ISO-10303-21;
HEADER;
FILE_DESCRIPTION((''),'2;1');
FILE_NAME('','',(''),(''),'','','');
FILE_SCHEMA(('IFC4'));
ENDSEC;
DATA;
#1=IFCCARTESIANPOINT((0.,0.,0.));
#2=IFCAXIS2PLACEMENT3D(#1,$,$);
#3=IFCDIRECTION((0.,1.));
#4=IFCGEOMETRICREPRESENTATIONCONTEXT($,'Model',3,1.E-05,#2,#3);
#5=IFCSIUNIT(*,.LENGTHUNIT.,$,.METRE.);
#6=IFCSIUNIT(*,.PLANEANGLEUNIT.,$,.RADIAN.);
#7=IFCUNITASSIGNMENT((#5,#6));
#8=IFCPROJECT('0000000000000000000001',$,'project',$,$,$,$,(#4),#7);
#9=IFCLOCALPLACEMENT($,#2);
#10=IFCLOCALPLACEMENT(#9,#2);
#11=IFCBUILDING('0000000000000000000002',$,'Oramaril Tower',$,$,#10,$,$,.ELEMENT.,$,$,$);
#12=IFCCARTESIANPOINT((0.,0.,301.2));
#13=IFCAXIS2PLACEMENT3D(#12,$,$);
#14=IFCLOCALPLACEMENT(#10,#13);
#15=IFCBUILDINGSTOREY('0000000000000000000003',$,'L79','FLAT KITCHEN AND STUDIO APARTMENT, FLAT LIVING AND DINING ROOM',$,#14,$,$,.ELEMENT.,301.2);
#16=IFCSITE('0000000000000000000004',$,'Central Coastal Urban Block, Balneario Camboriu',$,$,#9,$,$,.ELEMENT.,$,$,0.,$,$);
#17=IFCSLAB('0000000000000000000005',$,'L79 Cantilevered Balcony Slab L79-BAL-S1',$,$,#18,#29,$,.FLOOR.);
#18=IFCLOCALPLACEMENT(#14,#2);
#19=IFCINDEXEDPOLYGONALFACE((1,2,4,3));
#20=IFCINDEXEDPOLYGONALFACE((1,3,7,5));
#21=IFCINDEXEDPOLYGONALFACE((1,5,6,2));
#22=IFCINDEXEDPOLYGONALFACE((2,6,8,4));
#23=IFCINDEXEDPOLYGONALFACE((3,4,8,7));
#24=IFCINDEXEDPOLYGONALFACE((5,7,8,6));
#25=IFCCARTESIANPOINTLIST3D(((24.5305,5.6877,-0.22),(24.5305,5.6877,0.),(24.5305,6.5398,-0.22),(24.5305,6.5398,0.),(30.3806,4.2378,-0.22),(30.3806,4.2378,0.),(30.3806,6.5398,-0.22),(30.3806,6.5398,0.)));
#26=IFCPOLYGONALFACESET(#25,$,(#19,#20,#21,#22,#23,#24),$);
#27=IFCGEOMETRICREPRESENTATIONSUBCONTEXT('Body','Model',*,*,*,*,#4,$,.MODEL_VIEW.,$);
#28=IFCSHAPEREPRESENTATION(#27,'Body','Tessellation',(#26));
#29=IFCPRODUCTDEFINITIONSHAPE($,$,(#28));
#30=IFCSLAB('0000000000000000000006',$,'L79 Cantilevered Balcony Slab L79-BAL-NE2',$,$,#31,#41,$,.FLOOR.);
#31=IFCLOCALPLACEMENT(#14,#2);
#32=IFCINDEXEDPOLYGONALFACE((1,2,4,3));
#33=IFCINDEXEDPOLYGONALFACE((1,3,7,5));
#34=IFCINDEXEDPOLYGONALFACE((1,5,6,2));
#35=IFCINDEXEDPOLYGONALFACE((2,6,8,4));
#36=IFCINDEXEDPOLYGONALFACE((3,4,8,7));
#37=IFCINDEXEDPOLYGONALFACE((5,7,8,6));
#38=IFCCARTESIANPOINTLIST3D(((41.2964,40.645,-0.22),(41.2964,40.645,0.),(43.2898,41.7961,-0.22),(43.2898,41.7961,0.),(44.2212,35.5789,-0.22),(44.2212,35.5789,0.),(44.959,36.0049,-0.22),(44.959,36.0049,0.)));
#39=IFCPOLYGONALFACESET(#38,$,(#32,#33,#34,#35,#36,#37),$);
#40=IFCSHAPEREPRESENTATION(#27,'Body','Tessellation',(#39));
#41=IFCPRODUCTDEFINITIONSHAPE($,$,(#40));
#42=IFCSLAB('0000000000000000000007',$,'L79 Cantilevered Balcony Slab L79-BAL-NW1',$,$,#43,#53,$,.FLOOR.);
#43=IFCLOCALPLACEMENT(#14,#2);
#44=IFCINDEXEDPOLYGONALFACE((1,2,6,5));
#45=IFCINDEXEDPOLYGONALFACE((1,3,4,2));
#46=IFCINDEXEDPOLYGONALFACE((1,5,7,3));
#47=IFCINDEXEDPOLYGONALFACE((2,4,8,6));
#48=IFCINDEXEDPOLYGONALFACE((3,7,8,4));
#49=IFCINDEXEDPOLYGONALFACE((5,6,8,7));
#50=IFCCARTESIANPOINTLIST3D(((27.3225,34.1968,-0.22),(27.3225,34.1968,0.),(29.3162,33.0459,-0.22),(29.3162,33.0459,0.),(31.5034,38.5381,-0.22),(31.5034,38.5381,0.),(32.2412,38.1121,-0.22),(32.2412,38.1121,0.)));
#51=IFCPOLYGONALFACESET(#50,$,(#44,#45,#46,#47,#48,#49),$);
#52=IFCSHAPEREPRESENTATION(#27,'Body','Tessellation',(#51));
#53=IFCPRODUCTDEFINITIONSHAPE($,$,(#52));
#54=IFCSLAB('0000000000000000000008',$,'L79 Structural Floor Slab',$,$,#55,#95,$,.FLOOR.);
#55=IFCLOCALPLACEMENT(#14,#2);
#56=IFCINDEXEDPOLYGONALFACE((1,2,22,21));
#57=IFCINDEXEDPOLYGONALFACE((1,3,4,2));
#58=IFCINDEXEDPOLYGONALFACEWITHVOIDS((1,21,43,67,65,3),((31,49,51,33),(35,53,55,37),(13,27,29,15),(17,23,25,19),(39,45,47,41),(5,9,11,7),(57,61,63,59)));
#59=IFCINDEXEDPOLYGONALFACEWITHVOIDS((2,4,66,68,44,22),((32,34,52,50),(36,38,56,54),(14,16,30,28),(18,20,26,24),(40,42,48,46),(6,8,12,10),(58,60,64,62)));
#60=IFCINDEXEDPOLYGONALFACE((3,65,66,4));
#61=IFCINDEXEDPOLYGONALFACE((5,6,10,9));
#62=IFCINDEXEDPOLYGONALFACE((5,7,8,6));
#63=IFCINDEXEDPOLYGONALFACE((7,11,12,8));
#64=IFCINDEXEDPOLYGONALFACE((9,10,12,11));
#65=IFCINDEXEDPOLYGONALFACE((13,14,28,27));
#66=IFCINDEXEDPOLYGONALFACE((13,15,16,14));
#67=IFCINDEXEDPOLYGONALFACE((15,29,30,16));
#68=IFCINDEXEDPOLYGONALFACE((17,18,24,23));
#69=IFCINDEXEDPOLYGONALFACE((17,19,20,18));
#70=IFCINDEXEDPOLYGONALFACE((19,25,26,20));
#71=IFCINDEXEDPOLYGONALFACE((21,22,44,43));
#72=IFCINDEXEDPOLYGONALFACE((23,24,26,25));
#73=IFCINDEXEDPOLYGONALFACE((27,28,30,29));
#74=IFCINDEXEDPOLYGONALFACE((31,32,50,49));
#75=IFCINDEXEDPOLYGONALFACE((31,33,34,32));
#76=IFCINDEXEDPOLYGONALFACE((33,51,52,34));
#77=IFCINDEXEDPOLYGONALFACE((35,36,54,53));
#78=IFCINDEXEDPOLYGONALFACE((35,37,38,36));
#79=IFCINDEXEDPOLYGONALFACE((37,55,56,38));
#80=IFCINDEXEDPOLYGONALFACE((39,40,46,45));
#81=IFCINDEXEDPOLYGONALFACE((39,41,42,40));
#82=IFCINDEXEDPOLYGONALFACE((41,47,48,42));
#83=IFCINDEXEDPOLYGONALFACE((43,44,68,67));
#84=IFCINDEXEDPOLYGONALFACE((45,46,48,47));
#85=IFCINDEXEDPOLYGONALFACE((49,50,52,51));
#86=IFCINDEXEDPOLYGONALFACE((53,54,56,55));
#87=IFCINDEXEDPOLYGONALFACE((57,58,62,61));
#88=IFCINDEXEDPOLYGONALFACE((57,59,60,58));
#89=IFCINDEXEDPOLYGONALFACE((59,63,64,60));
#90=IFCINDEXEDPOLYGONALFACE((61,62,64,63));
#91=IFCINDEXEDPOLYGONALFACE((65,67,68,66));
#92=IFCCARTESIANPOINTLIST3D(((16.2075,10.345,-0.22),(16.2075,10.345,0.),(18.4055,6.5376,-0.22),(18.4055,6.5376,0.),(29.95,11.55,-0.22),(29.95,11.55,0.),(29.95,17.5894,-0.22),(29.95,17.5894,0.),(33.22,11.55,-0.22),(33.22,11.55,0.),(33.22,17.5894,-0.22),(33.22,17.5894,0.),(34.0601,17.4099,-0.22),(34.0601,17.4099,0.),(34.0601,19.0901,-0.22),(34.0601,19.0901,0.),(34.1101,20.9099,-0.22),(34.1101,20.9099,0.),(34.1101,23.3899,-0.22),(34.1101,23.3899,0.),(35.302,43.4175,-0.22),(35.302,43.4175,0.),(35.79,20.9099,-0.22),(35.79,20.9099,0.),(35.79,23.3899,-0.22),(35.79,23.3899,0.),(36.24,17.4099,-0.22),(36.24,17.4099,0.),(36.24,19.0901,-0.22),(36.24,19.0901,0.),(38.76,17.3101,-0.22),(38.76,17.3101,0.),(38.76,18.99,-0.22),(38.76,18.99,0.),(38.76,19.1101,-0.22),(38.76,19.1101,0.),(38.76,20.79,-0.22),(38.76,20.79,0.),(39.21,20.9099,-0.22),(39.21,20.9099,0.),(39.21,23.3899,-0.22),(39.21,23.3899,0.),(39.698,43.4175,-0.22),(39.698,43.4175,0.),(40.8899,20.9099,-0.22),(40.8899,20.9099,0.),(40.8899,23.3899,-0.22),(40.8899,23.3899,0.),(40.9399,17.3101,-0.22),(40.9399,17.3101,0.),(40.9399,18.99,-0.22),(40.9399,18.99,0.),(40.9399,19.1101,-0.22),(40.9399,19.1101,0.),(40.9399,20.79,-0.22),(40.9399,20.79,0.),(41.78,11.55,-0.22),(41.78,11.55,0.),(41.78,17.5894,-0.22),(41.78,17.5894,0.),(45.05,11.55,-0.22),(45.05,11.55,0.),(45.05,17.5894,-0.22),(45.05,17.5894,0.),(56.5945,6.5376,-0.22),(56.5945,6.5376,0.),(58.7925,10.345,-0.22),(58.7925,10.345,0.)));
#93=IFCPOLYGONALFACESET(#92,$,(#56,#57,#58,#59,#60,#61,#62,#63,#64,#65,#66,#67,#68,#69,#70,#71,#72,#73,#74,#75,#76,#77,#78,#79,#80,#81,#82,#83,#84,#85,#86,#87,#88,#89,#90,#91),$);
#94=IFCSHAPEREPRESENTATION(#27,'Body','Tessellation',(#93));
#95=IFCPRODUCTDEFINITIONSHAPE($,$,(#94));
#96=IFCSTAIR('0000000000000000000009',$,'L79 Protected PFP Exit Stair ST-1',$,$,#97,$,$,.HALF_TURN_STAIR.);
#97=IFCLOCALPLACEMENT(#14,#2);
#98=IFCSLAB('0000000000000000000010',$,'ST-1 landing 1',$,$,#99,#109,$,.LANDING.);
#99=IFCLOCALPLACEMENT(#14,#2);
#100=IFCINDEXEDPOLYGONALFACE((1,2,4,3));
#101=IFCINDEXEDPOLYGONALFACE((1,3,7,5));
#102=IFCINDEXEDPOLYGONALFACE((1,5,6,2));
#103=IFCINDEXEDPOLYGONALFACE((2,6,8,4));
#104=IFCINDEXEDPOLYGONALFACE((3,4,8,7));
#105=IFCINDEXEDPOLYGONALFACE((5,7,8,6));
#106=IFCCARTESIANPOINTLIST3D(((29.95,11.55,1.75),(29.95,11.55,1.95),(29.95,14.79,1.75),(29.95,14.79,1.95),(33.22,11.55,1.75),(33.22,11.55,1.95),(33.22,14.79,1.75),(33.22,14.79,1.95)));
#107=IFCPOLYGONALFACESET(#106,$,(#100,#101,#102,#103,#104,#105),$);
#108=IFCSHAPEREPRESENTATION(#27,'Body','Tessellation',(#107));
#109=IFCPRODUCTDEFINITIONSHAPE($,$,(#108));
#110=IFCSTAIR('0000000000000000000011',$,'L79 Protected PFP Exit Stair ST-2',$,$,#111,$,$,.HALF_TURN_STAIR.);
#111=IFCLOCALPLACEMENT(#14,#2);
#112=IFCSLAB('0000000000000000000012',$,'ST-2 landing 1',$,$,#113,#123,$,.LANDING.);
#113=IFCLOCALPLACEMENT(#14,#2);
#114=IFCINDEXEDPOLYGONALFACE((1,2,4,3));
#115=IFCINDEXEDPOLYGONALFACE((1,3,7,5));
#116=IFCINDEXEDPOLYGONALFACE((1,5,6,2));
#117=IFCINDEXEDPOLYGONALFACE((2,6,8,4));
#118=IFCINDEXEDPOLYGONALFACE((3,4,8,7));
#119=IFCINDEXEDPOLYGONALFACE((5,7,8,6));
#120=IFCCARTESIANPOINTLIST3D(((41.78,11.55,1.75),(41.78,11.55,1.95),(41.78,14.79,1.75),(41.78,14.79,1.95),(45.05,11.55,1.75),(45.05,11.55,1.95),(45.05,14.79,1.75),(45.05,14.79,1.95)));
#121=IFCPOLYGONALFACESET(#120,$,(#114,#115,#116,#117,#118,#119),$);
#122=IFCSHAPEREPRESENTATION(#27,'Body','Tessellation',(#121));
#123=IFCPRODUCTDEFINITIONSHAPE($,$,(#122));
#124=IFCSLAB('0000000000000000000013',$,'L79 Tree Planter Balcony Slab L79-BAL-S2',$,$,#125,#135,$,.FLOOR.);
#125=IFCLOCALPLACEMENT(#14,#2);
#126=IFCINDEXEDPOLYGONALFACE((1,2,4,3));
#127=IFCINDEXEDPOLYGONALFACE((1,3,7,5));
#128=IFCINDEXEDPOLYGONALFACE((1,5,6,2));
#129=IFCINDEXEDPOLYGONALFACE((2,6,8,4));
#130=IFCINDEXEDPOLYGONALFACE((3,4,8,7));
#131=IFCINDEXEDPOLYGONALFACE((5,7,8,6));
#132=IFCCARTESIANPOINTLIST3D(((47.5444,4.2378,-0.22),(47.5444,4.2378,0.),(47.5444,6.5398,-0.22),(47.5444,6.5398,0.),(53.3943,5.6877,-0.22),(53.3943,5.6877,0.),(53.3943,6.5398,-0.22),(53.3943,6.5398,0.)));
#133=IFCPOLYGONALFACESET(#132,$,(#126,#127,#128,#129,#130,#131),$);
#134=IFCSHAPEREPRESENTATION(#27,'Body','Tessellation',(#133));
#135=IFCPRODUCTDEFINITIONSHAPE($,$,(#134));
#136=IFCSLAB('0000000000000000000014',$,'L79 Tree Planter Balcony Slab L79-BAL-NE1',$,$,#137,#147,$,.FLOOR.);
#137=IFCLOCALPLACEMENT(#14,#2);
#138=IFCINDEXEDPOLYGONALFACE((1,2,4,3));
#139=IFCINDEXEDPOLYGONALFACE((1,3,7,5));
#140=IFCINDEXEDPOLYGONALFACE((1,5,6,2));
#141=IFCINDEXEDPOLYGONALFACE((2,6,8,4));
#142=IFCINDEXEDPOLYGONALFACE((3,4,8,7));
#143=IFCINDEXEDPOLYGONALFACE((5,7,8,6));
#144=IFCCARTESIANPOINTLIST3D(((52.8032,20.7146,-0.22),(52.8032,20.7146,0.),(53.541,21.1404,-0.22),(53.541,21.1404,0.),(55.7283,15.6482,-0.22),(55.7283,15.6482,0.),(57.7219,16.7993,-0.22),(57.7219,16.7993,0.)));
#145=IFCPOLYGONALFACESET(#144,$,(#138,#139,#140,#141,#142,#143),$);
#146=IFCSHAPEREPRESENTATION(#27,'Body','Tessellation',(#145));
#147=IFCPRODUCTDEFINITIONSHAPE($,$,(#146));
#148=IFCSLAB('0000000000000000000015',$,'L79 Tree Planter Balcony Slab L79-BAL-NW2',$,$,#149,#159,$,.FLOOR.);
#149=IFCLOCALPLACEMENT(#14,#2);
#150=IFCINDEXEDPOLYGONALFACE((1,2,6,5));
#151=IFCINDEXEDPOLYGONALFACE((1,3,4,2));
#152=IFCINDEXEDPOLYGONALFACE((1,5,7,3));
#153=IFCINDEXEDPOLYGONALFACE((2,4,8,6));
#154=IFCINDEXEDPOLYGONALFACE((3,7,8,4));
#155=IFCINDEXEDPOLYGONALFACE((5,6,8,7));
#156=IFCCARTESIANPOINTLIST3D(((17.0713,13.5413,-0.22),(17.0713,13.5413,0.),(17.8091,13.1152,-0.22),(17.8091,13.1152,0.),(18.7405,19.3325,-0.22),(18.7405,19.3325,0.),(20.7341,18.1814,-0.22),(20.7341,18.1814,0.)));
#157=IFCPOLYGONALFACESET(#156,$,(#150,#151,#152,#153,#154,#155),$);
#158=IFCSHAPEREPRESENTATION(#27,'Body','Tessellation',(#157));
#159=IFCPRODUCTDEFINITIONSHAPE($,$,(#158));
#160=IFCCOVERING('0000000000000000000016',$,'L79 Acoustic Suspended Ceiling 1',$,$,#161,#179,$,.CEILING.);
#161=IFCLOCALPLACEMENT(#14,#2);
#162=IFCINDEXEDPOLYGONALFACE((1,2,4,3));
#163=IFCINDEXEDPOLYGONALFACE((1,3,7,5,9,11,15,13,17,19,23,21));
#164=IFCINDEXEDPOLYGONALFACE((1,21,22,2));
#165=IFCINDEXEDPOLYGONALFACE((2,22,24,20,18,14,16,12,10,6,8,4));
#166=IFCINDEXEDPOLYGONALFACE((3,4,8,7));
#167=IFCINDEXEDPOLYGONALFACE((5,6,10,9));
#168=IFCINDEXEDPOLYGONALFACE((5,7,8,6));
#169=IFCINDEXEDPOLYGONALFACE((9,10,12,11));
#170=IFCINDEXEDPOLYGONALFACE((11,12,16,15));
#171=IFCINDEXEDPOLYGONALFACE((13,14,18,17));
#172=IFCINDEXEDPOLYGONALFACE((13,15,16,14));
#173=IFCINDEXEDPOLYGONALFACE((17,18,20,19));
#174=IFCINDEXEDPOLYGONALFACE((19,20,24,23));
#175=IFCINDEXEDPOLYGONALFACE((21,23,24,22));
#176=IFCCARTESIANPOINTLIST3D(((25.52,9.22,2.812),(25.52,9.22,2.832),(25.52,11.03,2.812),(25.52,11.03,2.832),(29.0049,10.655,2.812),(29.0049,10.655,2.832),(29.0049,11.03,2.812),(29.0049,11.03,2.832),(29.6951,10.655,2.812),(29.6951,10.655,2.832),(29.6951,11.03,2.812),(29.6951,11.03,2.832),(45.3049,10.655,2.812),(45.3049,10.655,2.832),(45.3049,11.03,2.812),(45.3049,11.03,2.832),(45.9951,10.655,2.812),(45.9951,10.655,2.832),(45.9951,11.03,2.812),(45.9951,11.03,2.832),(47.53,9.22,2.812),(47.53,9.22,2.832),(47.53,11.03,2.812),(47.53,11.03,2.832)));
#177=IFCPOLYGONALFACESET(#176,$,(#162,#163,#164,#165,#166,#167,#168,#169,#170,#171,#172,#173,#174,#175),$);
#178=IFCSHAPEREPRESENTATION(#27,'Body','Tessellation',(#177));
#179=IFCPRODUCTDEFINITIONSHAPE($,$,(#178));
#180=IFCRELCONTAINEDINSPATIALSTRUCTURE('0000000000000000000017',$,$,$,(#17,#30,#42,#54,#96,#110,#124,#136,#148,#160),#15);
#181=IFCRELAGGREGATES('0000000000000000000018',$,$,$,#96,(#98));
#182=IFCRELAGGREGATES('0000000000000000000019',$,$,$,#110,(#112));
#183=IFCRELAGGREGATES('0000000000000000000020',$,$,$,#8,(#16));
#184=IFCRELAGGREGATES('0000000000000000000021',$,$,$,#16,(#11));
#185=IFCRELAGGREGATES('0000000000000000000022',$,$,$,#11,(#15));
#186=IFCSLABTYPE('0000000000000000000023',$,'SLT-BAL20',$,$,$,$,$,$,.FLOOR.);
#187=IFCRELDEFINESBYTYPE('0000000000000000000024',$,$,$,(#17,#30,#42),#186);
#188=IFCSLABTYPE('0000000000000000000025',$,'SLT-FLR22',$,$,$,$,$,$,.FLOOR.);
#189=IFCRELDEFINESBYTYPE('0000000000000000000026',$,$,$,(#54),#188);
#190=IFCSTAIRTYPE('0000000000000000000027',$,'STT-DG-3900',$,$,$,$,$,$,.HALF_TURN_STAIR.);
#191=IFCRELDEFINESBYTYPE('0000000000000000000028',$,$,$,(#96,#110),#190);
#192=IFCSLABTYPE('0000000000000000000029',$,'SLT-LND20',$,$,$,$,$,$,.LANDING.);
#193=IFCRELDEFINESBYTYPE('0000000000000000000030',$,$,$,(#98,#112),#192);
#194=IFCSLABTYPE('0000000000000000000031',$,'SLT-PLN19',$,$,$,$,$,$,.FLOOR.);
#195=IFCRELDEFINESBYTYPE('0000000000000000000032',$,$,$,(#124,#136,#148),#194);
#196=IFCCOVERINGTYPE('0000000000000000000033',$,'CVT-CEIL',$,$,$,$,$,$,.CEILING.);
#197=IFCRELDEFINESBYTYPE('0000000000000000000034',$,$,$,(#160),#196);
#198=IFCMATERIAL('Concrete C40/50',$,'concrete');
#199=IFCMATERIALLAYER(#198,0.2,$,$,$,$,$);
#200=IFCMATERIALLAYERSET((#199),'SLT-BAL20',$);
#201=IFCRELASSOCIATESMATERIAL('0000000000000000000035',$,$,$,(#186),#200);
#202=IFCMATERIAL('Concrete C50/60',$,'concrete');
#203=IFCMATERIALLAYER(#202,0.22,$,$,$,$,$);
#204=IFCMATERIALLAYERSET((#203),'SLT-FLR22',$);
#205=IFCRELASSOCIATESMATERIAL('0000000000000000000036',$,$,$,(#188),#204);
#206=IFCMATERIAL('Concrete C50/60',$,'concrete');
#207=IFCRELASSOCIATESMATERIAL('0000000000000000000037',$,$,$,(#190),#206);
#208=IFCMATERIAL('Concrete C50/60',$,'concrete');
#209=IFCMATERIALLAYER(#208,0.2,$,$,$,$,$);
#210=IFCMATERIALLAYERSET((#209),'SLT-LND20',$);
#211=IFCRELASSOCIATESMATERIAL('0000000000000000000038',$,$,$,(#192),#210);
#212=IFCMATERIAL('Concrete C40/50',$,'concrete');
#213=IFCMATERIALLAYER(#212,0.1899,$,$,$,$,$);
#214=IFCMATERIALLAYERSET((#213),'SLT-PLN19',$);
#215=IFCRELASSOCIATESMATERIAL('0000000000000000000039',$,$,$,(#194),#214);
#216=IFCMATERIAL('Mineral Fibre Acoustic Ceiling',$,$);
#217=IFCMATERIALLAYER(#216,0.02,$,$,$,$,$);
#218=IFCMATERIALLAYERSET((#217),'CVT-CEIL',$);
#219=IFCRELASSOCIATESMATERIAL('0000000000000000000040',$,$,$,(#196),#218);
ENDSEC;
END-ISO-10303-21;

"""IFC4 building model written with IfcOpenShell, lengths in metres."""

from ifc_helpers import new_model, si_unit, direction, frame, origin, place, context, subcontext, project, spatial, polyline, outline, extrude, material, layer, layer_set, type_object, element, aggregate, save


model = new_model("IFC4")

# Units and contexts
model_context = context("Model", 3, precision=1e-05, world=origin(), true_north=direction((0.0, 1.0)))
body_context = subcontext(model_context, "Body", "Model", "MODEL_VIEW")
ifc_project = project(units=[si_unit("LENGTHUNIT", "METRE"), si_unit("PLANEANGLEUNIT", "RADIAN")], contexts=[model_context])

# Site, building, storey
site_placement = place(None, origin())
site = spatial("IfcSite", under=ifc_project, at=site_placement, Name="Central Coastal Urban Block, Balneario Camboriu", CompositionType="ELEMENT", RefElevation=0.0)
building_placement = place(site_placement, origin())
building = spatial("IfcBuilding", under=site, at=building_placement, Name="Oramaril Tower", CompositionType="ELEMENT")
storey_placement = place(building_placement, frame((0.0, 0.0, 301.2)))
storey = spatial("IfcBuildingStorey", under=building, at=storey_placement, Name="L79", Description="FLAT KITCHEN AND STUDIO APARTMENT, FLAT LIVING AND DINING ROOM", CompositionType="ELEMENT", Elevation=301.2)

# Slabs
ifc_material_1 = material(Name="Concrete C40/50", Category="concrete")
ifc_layer_1 = layer(ifc_material_1, 0.2)
ifc_layer_set_1 = layer_set([ifc_layer_1], Name="SLT-BAL20")
slab_type_1 = type_object("IfcSlabType", Name="SLT-BAL20", PredefinedType="FLOOR", material=ifc_layer_set_1)
slab_1_placement = place(storey_placement, frame((0.0, 0.0, -0.22)))
element("IfcSlab", 1, at=slab_1_placement, inside=storey, type_object=slab_type_1, Name="L79 Cantilevered Balcony Slab L79-BAL-S1", PredefinedType="FLOOR", context=body_context, shape_type="SweptSolid", body=[
    extrude(outline(polyline([(24.5305, 6.5398), (30.3806, 6.5398), (30.3806, 4.2378), (24.5305, 5.6877), (24.5305, 6.5398)])), origin(), (0.0, 0.0, 1.0), 0.22),
])
slab_2_placement = place(storey_placement, frame((0.0, 0.0, -0.22)))
element("IfcSlab", 2, at=slab_2_placement, inside=storey, type_object=slab_type_1, Name="L79 Cantilevered Balcony Slab L79-BAL-NE2", PredefinedType="FLOOR", context=body_context, shape_type="SweptSolid", body=[
    extrude(outline(polyline([(44.2212, 35.5789), (41.2964, 40.645), (43.2898, 41.7961), (44.959, 36.0049), (44.2212, 35.5789)])), origin(), (0.0, 0.0, 1.0), 0.22),
])
slab_3_placement = place(storey_placement, frame((0.0, 0.0, -0.22)))
element("IfcSlab", 3, at=slab_3_placement, inside=storey, type_object=slab_type_1, Name="L79 Cantilevered Balcony Slab L79-BAL-NW1", PredefinedType="FLOOR", context=body_context, shape_type="SweptSolid", body=[
    extrude(outline(polyline([(32.2412, 38.1121), (29.3162, 33.0459), (27.3225, 34.1968), (31.5034, 38.5381), (32.2412, 38.1121)])), origin(), (0.0, 0.0, 1.0), 0.22),
])
ifc_material_2 = material(Name="Concrete C50/60", Category="concrete")
ifc_layer_2 = layer(ifc_material_2, 0.22)
ifc_layer_set_2 = layer_set([ifc_layer_2], Name="SLT-FLR22")
slab_type_2 = type_object("IfcSlabType", Name="SLT-FLR22", PredefinedType="FLOOR", material=ifc_layer_set_2)
slab_4_placement = place(storey_placement, frame((0.0, 0.0, -0.22)))
element("IfcSlab", 4, at=slab_4_placement, inside=storey, type_object=slab_type_2, Name="L79 Structural Floor Slab", PredefinedType="FLOOR", context=body_context, shape_type="SweptSolid", body=[
    extrude(outline(polyline([(16.2075, 10.345), (18.4055, 6.5376), (56.5945, 6.5376), (58.7925, 10.345), (39.698, 43.4175), (35.302, 43.4175), (16.2075, 10.345)]), holes=[polyline([(29.95, 17.5894), (29.95, 11.55), (33.22, 11.55), (33.22, 17.5894), (29.95, 17.5894)]), polyline([(41.78, 17.5894), (41.78, 11.55), (45.05, 11.55), (45.05, 17.5894), (41.78, 17.5894)]), polyline([(34.1101, 20.9099), (35.79, 20.9099), (35.79, 23.3899), (34.1101, 23.3899), (34.1101, 20.9099)]), polyline([(39.21, 20.9099), (40.8899, 20.9099), (40.8899, 23.3899), (39.21, 23.3899), (39.21, 20.9099)]), polyline([(34.0601, 17.4099), (36.24, 17.4099), (36.24, 19.0901), (34.0601, 19.0901), (34.0601, 17.4099)]), polyline([(38.76, 17.3101), (40.9399, 17.3101), (40.9399, 18.99), (38.76, 18.99), (38.76, 17.3101)]), polyline([(38.76, 19.1101), (40.9399, 19.1101), (40.9399, 20.79), (38.76, 20.79), (38.76, 19.1101)])]), origin(), (0.0, 0.0, 1.0), 0.22),
])

# Stairs, slabs
ifc_material_3 = material(Name="Concrete C50/60", Category="concrete")
stair_type = type_object("IfcStairType", Name="STT-DG-3900", PredefinedType="HALF_TURN_STAIR", material=ifc_material_3)
stair_1_placement = place(storey_placement, origin())
stair_1 = element("IfcStair", 5, at=stair_1_placement, inside=storey, type_object=stair_type, Name="L79 Protected PFP Exit Stair ST-1", PredefinedType="HALF_TURN_STAIR")
ifc_material_4 = material(Name="Concrete C50/60", Category="concrete")
ifc_layer_3 = layer(ifc_material_4, 0.2)
ifc_layer_set_3 = layer_set([ifc_layer_3], Name="SLT-LND20")
slab_type_3 = type_object("IfcSlabType", Name="SLT-LND20", PredefinedType="LANDING", material=ifc_layer_set_3)
slab_5_placement = place(storey_placement, frame((0.0, 0.0, 1.75)))
slab_5 = element("IfcSlab", 6, at=slab_5_placement, type_object=slab_type_3, Name="ST-1 landing 1", PredefinedType="LANDING", context=body_context, shape_type="SweptSolid", body=[
    extrude(outline(polyline([(29.95, 14.79), (29.95, 11.55), (33.22, 11.55), (33.22, 14.79), (29.95, 14.79)])), origin(), (0.0, 0.0, 1.0), 0.2),
])
aggregate(stair_1, [slab_5])
stair_2_placement = place(storey_placement, origin())
stair_2 = element("IfcStair", 7, at=stair_2_placement, inside=storey, type_object=stair_type, Name="L79 Protected PFP Exit Stair ST-2", PredefinedType="HALF_TURN_STAIR")
slab_6_placement = place(storey_placement, frame((0.0, 0.0, 1.75)))
slab_6 = element("IfcSlab", 8, at=slab_6_placement, type_object=slab_type_3, Name="ST-2 landing 1", PredefinedType="LANDING", context=body_context, shape_type="SweptSolid", body=[
    extrude(outline(polyline([(41.78, 14.79), (41.78, 11.55), (45.05, 11.55), (45.05, 14.79), (41.78, 14.79)])), origin(), (0.0, 0.0, 1.0), 0.2),
])
aggregate(stair_2, [slab_6])

# Slabs
ifc_material_5 = material(Name="Concrete C40/50", Category="concrete")
ifc_layer_4 = layer(ifc_material_5, 0.1899)
ifc_layer_set_4 = layer_set([ifc_layer_4], Name="SLT-PLN19")
slab_type_4 = type_object("IfcSlabType", Name="SLT-PLN19", PredefinedType="FLOOR", material=ifc_layer_set_4)
slab_7_placement = place(storey_placement, frame((0.0, 0.0, -0.22)))
element("IfcSlab", 9, at=slab_7_placement, inside=storey, type_object=slab_type_4, Name="L79 Tree Planter Balcony Slab L79-BAL-S2", PredefinedType="FLOOR", context=body_context, shape_type="SweptSolid", body=[
    extrude(outline(polyline([(47.5444, 6.5398), (53.3943, 6.5398), (53.3943, 5.6877), (47.5444, 4.2378), (47.5444, 6.5398)])), origin(), (0.0, 0.0, 1.0), 0.22),
])
slab_8_placement = place(storey_placement, frame((0.0, 0.0, -0.22)))
element("IfcSlab", 10, at=slab_8_placement, inside=storey, type_object=slab_type_4, Name="L79 Tree Planter Balcony Slab L79-BAL-NE1", PredefinedType="FLOOR", context=body_context, shape_type="SweptSolid", body=[
    extrude(outline(polyline([(55.7283, 15.6482), (52.8032, 20.7146), (53.541, 21.1404), (57.7219, 16.7993), (55.7283, 15.6482)])), origin(), (0.0, 0.0, 1.0), 0.22),
])
slab_9_placement = place(storey_placement, frame((0.0, 0.0, -0.22)))
element("IfcSlab", 11, at=slab_9_placement, inside=storey, type_object=slab_type_4, Name="L79 Tree Planter Balcony Slab L79-BAL-NW2", PredefinedType="FLOOR", context=body_context, shape_type="SweptSolid", body=[
    extrude(outline(polyline([(20.7341, 18.1814), (17.8091, 13.1152), (17.0713, 13.5413), (18.7405, 19.3325), (20.7341, 18.1814)])), origin(), (0.0, 0.0, 1.0), 0.22),
])

# Covering
ifc_material_6 = material(Name="Mineral Fibre Acoustic Ceiling")
ifc_layer_5 = layer(ifc_material_6, 0.02)
ifc_layer_set_5 = layer_set([ifc_layer_5], Name="CVT-CEIL")
covering_type_1 = type_object("IfcCoveringType", Name="CVT-CEIL", PredefinedType="CEILING", material=ifc_layer_set_5)
covering_1_placement = place(storey_placement, frame((0.0, 0.0, 2.812)))
element("IfcCovering", 12, at=covering_1_placement, inside=storey, type_object=covering_type_1, Name="L79 Acoustic Suspended Ceiling 1", PredefinedType="CEILING", context=body_context, shape_type="SweptSolid", body=[
    extrude(outline(polyline([(29.0049, 10.655), (29.6951, 10.655), (29.6951, 11.03), (45.3049, 11.03), (45.3049, 10.655), (45.9951, 10.655), (45.9951, 11.03), (47.53, 11.03), (47.53, 9.22), (25.52, 9.22), (25.52, 11.03), (29.0049, 11.03), (29.0049, 10.655)])), origin(), (0.0, 0.0, 1.0), 0.02),
])

save(model, "model.ifc")
